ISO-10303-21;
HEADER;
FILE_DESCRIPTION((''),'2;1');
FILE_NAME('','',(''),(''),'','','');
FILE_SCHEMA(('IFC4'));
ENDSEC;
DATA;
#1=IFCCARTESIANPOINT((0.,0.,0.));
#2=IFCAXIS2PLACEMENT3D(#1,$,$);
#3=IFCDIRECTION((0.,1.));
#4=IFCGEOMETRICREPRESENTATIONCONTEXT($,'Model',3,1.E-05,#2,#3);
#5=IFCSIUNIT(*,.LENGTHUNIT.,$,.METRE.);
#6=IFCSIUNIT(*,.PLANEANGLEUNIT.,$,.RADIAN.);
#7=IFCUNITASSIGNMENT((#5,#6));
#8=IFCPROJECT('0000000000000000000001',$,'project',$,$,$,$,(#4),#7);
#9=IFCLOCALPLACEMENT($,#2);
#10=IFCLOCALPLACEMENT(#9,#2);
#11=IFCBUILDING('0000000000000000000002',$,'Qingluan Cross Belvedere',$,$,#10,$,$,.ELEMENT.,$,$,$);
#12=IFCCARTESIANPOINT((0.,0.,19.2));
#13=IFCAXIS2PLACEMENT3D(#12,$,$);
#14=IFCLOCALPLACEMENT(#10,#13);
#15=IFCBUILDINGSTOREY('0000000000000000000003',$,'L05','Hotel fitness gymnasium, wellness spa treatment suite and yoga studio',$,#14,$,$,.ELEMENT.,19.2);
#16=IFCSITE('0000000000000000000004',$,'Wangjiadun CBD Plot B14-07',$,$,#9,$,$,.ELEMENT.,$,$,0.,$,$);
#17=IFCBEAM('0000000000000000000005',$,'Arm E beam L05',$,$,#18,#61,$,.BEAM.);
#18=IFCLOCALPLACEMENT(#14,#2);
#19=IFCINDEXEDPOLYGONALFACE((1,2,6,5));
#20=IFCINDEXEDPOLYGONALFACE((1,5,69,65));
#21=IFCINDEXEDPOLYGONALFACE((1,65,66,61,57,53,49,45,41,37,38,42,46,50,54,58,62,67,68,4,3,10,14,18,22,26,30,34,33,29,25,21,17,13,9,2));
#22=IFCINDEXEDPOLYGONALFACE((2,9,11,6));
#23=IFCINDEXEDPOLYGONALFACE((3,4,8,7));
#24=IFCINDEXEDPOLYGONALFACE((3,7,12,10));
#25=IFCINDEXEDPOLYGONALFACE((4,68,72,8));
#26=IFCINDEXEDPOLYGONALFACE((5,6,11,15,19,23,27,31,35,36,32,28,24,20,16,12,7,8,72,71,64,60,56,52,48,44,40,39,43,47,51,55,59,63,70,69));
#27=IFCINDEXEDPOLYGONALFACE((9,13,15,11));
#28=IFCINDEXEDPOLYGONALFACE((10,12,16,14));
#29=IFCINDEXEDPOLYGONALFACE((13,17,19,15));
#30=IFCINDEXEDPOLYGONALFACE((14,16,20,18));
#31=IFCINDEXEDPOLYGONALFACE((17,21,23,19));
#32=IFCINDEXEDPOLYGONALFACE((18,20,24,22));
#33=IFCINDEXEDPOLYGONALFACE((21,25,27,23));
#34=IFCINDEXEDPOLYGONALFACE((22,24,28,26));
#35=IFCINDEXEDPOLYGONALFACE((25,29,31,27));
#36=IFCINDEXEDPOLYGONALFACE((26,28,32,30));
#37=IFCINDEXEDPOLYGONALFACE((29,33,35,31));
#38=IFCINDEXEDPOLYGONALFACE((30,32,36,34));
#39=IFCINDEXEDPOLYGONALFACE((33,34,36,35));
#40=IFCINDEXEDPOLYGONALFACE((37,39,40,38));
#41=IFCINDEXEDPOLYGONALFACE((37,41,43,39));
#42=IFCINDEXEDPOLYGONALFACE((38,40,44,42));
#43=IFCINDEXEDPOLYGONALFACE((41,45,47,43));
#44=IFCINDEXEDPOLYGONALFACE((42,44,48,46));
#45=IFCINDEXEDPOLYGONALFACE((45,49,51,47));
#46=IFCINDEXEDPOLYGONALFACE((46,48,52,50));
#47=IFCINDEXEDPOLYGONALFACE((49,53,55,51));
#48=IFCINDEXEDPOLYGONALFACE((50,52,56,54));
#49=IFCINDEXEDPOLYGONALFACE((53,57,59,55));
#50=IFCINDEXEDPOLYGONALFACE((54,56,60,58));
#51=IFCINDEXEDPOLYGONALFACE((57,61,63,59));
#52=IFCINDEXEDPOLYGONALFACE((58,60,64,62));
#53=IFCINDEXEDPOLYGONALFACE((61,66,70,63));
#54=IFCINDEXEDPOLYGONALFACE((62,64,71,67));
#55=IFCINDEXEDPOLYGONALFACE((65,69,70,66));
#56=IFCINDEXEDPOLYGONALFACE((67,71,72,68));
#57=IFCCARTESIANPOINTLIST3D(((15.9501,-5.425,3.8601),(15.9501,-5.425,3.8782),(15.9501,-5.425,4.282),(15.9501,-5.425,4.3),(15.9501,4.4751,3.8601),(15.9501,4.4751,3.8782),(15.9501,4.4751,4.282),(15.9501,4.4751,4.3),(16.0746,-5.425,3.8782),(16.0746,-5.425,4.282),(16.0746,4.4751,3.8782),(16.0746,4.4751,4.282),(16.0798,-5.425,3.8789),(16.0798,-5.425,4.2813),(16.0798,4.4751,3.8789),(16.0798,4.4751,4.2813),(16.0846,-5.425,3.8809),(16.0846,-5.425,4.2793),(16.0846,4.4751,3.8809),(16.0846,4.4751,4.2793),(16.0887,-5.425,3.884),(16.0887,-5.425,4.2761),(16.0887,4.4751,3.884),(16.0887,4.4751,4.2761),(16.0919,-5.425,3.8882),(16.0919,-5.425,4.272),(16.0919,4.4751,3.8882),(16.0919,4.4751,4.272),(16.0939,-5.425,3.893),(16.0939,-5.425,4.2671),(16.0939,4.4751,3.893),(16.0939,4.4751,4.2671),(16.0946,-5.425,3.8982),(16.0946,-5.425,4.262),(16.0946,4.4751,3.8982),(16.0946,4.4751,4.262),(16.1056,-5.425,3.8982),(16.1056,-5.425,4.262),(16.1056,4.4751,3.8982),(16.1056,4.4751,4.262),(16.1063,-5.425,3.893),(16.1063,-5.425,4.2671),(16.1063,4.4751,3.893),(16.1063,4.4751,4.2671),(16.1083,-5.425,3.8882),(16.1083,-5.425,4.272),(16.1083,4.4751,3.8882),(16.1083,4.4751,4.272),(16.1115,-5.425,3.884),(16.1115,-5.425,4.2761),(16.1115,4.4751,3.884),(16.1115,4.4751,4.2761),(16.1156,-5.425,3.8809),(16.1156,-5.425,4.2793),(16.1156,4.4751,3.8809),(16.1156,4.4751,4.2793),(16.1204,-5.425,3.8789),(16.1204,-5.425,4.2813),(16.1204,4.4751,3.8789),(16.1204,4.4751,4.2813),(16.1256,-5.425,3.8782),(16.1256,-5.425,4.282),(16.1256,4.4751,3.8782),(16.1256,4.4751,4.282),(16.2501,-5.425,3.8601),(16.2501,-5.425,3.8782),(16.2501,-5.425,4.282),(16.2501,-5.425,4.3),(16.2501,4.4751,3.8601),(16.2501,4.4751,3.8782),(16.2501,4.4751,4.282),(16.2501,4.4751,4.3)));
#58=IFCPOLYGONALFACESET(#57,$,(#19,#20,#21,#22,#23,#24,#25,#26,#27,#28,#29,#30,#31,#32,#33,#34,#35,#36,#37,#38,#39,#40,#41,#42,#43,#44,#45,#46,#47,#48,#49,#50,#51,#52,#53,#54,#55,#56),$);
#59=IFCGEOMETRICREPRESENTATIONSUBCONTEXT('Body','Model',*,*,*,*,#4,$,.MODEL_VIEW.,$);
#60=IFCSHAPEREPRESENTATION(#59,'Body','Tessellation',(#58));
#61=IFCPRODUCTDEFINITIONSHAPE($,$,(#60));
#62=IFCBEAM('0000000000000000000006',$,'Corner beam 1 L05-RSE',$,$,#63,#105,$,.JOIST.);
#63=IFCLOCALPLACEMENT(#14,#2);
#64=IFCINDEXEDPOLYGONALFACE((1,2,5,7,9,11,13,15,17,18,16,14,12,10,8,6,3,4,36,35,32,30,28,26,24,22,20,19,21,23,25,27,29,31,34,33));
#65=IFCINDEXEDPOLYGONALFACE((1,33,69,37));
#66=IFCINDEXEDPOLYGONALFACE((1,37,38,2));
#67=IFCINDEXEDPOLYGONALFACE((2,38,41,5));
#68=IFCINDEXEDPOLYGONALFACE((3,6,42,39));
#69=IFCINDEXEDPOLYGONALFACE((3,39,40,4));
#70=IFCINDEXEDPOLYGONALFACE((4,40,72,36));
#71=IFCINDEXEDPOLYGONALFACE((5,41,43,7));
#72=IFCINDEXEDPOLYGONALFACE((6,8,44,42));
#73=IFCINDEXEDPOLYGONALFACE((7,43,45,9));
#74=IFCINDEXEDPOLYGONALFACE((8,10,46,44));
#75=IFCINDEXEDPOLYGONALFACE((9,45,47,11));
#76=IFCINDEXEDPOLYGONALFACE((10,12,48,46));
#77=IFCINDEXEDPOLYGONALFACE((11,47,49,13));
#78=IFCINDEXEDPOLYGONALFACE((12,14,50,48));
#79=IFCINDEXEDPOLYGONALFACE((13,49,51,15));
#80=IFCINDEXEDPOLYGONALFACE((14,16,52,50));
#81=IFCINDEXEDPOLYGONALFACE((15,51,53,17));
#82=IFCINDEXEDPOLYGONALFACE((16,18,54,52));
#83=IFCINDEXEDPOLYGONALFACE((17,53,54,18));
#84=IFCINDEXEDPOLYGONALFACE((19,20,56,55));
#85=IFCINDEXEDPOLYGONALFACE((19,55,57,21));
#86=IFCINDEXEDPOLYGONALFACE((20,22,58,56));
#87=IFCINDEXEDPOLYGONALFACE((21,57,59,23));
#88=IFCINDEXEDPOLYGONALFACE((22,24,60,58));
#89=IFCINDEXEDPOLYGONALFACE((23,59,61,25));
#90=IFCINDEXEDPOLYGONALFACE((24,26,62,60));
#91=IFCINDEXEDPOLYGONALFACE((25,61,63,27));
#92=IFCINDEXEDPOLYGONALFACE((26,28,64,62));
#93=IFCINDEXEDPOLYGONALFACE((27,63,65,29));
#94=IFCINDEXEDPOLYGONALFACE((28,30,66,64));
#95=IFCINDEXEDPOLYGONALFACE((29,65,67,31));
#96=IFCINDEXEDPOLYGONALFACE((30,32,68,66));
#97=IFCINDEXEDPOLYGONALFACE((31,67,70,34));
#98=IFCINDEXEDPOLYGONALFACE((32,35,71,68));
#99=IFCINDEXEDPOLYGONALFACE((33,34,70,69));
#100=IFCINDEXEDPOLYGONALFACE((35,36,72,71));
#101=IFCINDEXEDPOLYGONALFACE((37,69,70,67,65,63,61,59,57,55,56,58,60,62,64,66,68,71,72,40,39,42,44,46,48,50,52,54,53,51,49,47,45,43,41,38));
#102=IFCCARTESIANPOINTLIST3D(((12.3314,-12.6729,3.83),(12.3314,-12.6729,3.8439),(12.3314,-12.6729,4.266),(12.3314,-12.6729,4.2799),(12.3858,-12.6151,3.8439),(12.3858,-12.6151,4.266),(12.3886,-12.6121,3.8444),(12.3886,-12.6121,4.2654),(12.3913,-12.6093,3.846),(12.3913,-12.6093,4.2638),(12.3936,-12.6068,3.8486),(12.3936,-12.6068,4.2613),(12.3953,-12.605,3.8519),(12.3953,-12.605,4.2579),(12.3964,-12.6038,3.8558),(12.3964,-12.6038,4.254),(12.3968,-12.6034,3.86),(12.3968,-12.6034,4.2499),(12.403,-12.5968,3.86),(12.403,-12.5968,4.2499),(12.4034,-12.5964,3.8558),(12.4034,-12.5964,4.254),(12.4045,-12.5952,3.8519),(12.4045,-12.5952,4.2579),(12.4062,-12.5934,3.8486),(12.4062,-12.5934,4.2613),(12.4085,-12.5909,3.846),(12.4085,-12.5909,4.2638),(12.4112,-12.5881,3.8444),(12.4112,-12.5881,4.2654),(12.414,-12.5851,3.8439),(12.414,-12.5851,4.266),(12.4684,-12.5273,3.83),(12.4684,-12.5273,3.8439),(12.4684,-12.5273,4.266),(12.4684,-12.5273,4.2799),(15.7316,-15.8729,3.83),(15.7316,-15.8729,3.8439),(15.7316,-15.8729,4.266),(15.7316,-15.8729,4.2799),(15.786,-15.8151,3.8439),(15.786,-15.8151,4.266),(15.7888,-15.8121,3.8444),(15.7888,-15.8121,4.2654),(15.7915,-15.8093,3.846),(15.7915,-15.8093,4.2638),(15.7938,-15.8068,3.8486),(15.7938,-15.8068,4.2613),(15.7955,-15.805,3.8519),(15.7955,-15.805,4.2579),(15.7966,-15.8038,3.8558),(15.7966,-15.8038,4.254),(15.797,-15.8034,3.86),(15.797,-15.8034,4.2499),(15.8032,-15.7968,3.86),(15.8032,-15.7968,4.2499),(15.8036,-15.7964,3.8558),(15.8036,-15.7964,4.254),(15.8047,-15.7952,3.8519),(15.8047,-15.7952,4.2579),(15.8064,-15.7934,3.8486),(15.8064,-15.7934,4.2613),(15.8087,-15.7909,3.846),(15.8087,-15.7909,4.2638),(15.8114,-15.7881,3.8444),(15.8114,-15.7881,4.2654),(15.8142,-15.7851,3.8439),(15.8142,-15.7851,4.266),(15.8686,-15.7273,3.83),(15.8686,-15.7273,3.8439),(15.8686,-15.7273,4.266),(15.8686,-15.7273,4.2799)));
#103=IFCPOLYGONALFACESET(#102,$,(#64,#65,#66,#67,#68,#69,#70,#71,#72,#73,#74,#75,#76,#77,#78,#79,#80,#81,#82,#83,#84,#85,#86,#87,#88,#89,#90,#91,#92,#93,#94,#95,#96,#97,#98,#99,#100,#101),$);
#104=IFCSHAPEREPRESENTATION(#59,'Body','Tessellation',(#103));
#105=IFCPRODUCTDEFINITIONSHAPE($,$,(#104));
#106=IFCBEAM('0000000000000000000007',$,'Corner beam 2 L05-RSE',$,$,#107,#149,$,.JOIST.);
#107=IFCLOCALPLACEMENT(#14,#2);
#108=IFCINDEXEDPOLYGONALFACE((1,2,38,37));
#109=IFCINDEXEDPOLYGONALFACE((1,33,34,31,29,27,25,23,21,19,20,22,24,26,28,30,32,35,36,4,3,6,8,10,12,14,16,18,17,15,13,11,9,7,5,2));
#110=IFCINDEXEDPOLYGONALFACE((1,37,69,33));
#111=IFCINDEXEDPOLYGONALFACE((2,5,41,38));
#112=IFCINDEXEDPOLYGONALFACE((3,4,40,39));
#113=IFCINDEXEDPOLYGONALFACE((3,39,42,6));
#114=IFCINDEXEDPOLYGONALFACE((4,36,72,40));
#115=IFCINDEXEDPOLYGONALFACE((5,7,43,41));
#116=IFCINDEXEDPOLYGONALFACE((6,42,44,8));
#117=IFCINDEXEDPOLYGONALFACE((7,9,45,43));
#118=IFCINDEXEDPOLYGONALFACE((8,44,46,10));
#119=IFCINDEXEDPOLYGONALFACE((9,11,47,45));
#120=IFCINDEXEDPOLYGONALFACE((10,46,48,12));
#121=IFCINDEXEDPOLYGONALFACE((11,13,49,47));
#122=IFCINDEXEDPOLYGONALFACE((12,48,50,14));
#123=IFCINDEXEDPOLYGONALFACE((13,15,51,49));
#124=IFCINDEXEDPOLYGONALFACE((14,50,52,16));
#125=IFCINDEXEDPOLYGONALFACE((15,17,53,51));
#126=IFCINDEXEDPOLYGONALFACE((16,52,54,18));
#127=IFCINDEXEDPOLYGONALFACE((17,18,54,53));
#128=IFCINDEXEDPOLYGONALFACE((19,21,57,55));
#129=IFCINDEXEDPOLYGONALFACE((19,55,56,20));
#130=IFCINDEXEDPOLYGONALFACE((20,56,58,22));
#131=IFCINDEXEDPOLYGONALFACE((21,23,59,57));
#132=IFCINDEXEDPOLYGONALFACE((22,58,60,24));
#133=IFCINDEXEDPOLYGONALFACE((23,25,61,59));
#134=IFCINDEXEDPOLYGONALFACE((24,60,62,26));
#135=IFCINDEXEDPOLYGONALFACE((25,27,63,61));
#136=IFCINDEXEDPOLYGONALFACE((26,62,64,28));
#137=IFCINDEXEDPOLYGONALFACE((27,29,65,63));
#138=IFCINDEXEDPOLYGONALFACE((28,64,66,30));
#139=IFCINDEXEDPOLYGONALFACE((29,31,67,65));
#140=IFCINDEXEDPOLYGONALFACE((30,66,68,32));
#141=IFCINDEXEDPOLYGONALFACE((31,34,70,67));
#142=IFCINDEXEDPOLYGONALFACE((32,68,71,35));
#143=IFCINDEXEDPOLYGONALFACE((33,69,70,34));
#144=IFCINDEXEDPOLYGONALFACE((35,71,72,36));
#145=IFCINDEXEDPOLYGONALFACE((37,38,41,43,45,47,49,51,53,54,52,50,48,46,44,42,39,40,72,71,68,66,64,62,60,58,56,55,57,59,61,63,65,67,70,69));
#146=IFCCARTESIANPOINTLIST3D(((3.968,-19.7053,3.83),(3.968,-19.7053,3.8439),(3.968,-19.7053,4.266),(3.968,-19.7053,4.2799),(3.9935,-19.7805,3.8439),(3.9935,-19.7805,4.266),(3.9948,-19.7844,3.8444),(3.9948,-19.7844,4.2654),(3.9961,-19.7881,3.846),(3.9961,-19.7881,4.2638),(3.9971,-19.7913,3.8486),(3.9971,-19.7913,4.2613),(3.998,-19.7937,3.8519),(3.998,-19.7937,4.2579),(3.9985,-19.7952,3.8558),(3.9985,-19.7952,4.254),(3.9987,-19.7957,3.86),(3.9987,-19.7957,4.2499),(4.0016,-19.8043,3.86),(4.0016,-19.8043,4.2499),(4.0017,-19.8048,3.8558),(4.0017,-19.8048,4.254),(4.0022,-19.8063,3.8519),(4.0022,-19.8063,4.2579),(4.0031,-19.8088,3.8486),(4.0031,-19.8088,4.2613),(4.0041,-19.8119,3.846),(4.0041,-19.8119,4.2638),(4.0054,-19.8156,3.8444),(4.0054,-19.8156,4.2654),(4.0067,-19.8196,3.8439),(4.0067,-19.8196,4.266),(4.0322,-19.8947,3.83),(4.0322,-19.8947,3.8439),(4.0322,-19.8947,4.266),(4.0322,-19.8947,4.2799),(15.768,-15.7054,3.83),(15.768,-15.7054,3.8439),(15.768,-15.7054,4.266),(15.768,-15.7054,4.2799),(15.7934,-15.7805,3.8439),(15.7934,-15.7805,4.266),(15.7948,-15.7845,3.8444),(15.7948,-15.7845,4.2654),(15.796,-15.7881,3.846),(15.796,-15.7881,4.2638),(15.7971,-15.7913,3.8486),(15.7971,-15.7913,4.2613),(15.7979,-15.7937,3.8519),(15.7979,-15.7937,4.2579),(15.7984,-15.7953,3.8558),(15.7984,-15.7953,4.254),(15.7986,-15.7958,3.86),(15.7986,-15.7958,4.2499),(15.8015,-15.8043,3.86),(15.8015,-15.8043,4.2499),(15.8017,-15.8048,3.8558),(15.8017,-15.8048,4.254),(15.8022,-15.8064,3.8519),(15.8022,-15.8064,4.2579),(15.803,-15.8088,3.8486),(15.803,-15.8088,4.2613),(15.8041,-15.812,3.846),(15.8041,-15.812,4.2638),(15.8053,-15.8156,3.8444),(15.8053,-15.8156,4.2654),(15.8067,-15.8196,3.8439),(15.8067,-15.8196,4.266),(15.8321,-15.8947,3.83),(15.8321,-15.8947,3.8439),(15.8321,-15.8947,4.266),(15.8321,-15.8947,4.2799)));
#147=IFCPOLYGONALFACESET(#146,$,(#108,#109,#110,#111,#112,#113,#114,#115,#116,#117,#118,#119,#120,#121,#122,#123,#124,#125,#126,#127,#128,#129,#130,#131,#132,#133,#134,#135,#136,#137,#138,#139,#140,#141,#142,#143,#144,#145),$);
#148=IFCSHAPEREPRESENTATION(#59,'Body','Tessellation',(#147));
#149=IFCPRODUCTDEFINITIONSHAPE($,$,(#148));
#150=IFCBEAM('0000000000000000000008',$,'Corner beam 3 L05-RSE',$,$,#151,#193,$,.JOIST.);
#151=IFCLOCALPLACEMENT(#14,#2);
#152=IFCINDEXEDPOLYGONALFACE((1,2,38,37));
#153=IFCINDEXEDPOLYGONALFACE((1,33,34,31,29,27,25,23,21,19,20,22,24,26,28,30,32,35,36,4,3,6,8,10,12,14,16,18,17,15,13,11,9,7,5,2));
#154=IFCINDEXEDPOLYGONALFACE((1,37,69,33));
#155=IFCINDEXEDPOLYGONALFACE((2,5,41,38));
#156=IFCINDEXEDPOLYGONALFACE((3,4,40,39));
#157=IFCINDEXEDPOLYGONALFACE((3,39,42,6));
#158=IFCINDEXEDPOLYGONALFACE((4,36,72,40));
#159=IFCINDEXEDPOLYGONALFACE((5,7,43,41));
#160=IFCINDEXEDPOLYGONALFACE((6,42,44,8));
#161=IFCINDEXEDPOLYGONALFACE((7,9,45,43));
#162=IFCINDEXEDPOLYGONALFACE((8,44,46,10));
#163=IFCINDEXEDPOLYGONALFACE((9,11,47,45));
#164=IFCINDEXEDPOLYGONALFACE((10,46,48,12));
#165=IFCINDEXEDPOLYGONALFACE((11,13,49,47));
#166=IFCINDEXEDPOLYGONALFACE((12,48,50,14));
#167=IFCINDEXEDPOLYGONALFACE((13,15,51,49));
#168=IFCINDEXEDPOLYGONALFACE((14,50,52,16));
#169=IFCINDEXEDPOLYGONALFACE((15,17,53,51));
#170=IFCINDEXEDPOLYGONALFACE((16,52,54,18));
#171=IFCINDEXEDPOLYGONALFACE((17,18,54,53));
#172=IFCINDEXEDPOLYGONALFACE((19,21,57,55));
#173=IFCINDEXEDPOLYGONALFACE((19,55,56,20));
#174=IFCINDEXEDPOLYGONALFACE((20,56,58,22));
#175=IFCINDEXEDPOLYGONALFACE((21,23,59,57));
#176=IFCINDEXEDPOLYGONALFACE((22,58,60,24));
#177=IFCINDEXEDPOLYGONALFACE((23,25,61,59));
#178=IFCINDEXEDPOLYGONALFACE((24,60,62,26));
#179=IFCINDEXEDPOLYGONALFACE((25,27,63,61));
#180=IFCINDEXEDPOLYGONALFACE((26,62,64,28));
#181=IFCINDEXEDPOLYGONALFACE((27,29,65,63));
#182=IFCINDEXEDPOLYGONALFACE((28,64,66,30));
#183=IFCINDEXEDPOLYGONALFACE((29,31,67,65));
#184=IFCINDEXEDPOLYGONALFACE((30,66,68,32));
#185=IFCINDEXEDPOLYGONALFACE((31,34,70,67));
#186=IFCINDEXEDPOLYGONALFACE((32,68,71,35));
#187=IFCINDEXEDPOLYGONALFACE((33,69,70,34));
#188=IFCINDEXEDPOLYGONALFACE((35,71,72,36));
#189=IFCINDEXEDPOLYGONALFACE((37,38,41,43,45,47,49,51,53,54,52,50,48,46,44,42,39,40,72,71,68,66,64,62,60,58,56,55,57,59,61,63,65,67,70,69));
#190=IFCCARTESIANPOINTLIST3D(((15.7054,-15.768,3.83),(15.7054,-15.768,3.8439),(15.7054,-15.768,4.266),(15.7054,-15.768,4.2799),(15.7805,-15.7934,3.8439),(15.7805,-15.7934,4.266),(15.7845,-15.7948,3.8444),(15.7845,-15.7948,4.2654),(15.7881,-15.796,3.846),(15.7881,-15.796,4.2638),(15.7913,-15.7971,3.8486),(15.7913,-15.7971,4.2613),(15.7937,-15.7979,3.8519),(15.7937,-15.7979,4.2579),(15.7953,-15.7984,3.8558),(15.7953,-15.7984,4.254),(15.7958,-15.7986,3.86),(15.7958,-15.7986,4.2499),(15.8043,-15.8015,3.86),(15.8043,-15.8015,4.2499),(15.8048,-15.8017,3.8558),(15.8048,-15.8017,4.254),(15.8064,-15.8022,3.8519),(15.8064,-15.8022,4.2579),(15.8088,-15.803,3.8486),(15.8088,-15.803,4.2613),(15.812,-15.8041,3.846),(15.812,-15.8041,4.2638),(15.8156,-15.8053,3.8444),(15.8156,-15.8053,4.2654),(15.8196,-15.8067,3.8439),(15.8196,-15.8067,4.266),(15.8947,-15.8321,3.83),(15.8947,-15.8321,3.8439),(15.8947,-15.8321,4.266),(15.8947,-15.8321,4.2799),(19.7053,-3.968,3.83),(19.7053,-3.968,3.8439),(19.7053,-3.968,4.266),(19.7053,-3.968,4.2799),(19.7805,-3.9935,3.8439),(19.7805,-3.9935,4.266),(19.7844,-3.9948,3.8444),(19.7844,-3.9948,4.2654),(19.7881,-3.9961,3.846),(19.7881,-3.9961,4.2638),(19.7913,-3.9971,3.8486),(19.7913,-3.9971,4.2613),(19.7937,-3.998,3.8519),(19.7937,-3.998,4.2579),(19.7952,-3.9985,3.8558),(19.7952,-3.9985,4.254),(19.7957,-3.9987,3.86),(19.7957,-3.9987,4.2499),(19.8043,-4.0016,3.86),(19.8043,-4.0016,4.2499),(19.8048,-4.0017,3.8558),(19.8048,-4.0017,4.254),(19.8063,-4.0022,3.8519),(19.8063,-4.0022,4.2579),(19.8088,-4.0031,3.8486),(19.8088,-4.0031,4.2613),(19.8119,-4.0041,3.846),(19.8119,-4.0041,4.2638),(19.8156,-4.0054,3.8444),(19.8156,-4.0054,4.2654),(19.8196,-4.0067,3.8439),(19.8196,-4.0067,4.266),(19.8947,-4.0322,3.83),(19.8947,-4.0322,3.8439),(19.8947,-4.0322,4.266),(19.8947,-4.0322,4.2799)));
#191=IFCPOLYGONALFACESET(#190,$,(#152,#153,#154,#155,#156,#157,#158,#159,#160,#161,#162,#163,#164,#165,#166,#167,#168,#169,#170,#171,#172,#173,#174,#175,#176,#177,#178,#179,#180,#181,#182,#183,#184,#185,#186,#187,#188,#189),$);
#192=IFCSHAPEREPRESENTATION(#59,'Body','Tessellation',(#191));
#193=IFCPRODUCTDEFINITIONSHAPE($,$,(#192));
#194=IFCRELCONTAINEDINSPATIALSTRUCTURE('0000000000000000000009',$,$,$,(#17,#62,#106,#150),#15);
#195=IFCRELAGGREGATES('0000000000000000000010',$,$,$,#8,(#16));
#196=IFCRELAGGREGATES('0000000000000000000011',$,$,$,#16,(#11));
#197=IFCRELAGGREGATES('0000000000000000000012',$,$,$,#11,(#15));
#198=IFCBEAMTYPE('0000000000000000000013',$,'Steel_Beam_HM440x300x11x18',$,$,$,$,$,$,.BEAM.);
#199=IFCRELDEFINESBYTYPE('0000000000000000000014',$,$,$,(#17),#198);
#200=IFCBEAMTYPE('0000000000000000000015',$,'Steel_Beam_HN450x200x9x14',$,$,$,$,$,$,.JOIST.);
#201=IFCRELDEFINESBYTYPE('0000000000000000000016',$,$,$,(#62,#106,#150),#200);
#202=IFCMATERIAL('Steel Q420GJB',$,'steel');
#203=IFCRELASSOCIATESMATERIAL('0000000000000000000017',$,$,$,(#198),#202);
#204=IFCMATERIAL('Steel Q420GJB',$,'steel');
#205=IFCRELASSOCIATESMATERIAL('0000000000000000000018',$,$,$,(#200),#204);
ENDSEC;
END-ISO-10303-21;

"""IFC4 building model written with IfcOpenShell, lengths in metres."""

from ifc_helpers import new_model, si_unit, direction, frame, origin, origin_2d, place, context, subcontext, project, spatial, i_section, extrude, material, material_profile, profile_set, type_object, element, save


model = new_model("IFC4")

# Units and contexts
model_context = context("Model", 3, precision=1e-05, world=origin(), true_north=direction((0.0, 1.0)))
body_context = subcontext(model_context, "Body", "Model", "MODEL_VIEW")
ifc_project = project(units=[si_unit("LENGTHUNIT", "METRE"), si_unit("PLANEANGLEUNIT", "RADIAN")], contexts=[model_context])

# Site, building, storey
site_placement = place(None, origin())
site = spatial("IfcSite", under=ifc_project, at=site_placement, Name="Wangjiadun CBD Plot B14-07", CompositionType="ELEMENT", RefElevation=0.0)
building_placement = place(site_placement, origin())
building = spatial("IfcBuilding", under=site, at=building_placement, Name="Qingluan Cross Belvedere", CompositionType="ELEMENT")
storey_placement = place(building_placement, frame((0.0, 0.0, 19.2)))
storey = spatial("IfcBuildingStorey", under=building, at=storey_placement, Name="L05", Description="Hotel fitness gymnasium, wellness spa treatment suite and yoga studio", CompositionType="ELEMENT", Elevation=19.2)

# Beams
ifc_material_1 = material(Name="Steel Q420GJB", Category="steel")
ifc_material_profile_1 = material_profile(ifc_material_1, i_section(OverallWidth=0.3, OverallDepth=0.4399, WebThickness=0.011, FlangeThickness=0.0181, FilletRadius=0.02, at=origin_2d()), Name="HM440x300x11x18")
ifc_profile_set_1 = profile_set([ifc_material_profile_1], Name="Steel Q420GJB")
beam_type_1 = type_object("IfcBeamType", Name="Steel_Beam_HM440x300x11x18", PredefinedType="BEAM", material=ifc_profile_set_1)
beam_1_placement = place(storey_placement, frame((16.1001, -5.425, 4.0801), z_axis=(0.0, 1.0, 0.0), x_axis=(-1.0, 0.0, 0.0)))
element("IfcBeam", 1, at=beam_1_placement, inside=storey, type_object=beam_type_1, Name="Arm E beam L05", PredefinedType="BEAM", context=body_context, shape_type="SweptSolid", body=[
    extrude(i_section(OverallWidth=0.3, OverallDepth=0.4399, WebThickness=0.011, FlangeThickness=0.0181, FilletRadius=0.02, at=origin_2d()), origin(), (0.0, 0.0, 1.0), 9.9001),
])
ifc_material_2 = material(Name="Steel Q420GJB", Category="steel")
ifc_material_profile_2 = material_profile(ifc_material_2, i_section(OverallWidth=0.2, OverallDepth=0.45, WebThickness=0.009, FlangeThickness=0.0139, FilletRadius=0.0161, at=origin_2d()), Name="HN450x200x9x14")
ifc_profile_set_2 = profile_set([ifc_material_profile_2], Name="Steel Q420GJB")
beam_type_2 = type_object("IfcBeamType", Name="Steel_Beam_HN450x200x9x14", PredefinedType="JOIST", material=ifc_profile_set_2)
beam_2_placement = place(storey_placement, frame((12.3999, -12.6001, 4.0549), z_axis=(0.72822, -0.685343, 0.0), x_axis=(0.685343, 0.72822, 0.0)))
element("IfcBeam", 2, at=beam_2_placement, inside=storey, type_object=beam_type_2, Name="Corner beam 1 L05-RSE", PredefinedType="JOIST", context=body_context, shape_type="SweptSolid", body=[
    extrude(i_section(OverallWidth=0.2, OverallDepth=0.45, WebThickness=0.009, FlangeThickness=0.0139, FilletRadius=0.0161, at=origin_2d()), origin(), (0.0, 0.0, 1.0), 4.6692),
])
for number, where, z_axis, x_axis, name in (
    (3, (15.8, -15.8, 4.0549), (-0.947066, -0.321038, 0.0), (0.321038, -0.947066, 0.0), "Corner beam 2 L05-RSE"),
    (4, (15.8, -15.8, 4.0549), (0.321038, 0.947066, 0.0), (-0.947066, 0.321038, 0.0), "Corner beam 3 L05-RSE"),
):
    element("IfcBeam", number, at=place(storey_placement, frame(where, z_axis=z_axis, x_axis=x_axis)), inside=storey, type_object=beam_type_2, Name=name, PredefinedType="JOIST", context=body_context, shape_type="SweptSolid", body=[
        extrude(i_section(OverallWidth=0.2, OverallDepth=0.45, WebThickness=0.009, FlangeThickness=0.0139, FilletRadius=0.0161, at=origin_2d()), origin(), (0.0, 0.0, 1.0), 12.4595),
    ])

save(model, "model.ifc")
